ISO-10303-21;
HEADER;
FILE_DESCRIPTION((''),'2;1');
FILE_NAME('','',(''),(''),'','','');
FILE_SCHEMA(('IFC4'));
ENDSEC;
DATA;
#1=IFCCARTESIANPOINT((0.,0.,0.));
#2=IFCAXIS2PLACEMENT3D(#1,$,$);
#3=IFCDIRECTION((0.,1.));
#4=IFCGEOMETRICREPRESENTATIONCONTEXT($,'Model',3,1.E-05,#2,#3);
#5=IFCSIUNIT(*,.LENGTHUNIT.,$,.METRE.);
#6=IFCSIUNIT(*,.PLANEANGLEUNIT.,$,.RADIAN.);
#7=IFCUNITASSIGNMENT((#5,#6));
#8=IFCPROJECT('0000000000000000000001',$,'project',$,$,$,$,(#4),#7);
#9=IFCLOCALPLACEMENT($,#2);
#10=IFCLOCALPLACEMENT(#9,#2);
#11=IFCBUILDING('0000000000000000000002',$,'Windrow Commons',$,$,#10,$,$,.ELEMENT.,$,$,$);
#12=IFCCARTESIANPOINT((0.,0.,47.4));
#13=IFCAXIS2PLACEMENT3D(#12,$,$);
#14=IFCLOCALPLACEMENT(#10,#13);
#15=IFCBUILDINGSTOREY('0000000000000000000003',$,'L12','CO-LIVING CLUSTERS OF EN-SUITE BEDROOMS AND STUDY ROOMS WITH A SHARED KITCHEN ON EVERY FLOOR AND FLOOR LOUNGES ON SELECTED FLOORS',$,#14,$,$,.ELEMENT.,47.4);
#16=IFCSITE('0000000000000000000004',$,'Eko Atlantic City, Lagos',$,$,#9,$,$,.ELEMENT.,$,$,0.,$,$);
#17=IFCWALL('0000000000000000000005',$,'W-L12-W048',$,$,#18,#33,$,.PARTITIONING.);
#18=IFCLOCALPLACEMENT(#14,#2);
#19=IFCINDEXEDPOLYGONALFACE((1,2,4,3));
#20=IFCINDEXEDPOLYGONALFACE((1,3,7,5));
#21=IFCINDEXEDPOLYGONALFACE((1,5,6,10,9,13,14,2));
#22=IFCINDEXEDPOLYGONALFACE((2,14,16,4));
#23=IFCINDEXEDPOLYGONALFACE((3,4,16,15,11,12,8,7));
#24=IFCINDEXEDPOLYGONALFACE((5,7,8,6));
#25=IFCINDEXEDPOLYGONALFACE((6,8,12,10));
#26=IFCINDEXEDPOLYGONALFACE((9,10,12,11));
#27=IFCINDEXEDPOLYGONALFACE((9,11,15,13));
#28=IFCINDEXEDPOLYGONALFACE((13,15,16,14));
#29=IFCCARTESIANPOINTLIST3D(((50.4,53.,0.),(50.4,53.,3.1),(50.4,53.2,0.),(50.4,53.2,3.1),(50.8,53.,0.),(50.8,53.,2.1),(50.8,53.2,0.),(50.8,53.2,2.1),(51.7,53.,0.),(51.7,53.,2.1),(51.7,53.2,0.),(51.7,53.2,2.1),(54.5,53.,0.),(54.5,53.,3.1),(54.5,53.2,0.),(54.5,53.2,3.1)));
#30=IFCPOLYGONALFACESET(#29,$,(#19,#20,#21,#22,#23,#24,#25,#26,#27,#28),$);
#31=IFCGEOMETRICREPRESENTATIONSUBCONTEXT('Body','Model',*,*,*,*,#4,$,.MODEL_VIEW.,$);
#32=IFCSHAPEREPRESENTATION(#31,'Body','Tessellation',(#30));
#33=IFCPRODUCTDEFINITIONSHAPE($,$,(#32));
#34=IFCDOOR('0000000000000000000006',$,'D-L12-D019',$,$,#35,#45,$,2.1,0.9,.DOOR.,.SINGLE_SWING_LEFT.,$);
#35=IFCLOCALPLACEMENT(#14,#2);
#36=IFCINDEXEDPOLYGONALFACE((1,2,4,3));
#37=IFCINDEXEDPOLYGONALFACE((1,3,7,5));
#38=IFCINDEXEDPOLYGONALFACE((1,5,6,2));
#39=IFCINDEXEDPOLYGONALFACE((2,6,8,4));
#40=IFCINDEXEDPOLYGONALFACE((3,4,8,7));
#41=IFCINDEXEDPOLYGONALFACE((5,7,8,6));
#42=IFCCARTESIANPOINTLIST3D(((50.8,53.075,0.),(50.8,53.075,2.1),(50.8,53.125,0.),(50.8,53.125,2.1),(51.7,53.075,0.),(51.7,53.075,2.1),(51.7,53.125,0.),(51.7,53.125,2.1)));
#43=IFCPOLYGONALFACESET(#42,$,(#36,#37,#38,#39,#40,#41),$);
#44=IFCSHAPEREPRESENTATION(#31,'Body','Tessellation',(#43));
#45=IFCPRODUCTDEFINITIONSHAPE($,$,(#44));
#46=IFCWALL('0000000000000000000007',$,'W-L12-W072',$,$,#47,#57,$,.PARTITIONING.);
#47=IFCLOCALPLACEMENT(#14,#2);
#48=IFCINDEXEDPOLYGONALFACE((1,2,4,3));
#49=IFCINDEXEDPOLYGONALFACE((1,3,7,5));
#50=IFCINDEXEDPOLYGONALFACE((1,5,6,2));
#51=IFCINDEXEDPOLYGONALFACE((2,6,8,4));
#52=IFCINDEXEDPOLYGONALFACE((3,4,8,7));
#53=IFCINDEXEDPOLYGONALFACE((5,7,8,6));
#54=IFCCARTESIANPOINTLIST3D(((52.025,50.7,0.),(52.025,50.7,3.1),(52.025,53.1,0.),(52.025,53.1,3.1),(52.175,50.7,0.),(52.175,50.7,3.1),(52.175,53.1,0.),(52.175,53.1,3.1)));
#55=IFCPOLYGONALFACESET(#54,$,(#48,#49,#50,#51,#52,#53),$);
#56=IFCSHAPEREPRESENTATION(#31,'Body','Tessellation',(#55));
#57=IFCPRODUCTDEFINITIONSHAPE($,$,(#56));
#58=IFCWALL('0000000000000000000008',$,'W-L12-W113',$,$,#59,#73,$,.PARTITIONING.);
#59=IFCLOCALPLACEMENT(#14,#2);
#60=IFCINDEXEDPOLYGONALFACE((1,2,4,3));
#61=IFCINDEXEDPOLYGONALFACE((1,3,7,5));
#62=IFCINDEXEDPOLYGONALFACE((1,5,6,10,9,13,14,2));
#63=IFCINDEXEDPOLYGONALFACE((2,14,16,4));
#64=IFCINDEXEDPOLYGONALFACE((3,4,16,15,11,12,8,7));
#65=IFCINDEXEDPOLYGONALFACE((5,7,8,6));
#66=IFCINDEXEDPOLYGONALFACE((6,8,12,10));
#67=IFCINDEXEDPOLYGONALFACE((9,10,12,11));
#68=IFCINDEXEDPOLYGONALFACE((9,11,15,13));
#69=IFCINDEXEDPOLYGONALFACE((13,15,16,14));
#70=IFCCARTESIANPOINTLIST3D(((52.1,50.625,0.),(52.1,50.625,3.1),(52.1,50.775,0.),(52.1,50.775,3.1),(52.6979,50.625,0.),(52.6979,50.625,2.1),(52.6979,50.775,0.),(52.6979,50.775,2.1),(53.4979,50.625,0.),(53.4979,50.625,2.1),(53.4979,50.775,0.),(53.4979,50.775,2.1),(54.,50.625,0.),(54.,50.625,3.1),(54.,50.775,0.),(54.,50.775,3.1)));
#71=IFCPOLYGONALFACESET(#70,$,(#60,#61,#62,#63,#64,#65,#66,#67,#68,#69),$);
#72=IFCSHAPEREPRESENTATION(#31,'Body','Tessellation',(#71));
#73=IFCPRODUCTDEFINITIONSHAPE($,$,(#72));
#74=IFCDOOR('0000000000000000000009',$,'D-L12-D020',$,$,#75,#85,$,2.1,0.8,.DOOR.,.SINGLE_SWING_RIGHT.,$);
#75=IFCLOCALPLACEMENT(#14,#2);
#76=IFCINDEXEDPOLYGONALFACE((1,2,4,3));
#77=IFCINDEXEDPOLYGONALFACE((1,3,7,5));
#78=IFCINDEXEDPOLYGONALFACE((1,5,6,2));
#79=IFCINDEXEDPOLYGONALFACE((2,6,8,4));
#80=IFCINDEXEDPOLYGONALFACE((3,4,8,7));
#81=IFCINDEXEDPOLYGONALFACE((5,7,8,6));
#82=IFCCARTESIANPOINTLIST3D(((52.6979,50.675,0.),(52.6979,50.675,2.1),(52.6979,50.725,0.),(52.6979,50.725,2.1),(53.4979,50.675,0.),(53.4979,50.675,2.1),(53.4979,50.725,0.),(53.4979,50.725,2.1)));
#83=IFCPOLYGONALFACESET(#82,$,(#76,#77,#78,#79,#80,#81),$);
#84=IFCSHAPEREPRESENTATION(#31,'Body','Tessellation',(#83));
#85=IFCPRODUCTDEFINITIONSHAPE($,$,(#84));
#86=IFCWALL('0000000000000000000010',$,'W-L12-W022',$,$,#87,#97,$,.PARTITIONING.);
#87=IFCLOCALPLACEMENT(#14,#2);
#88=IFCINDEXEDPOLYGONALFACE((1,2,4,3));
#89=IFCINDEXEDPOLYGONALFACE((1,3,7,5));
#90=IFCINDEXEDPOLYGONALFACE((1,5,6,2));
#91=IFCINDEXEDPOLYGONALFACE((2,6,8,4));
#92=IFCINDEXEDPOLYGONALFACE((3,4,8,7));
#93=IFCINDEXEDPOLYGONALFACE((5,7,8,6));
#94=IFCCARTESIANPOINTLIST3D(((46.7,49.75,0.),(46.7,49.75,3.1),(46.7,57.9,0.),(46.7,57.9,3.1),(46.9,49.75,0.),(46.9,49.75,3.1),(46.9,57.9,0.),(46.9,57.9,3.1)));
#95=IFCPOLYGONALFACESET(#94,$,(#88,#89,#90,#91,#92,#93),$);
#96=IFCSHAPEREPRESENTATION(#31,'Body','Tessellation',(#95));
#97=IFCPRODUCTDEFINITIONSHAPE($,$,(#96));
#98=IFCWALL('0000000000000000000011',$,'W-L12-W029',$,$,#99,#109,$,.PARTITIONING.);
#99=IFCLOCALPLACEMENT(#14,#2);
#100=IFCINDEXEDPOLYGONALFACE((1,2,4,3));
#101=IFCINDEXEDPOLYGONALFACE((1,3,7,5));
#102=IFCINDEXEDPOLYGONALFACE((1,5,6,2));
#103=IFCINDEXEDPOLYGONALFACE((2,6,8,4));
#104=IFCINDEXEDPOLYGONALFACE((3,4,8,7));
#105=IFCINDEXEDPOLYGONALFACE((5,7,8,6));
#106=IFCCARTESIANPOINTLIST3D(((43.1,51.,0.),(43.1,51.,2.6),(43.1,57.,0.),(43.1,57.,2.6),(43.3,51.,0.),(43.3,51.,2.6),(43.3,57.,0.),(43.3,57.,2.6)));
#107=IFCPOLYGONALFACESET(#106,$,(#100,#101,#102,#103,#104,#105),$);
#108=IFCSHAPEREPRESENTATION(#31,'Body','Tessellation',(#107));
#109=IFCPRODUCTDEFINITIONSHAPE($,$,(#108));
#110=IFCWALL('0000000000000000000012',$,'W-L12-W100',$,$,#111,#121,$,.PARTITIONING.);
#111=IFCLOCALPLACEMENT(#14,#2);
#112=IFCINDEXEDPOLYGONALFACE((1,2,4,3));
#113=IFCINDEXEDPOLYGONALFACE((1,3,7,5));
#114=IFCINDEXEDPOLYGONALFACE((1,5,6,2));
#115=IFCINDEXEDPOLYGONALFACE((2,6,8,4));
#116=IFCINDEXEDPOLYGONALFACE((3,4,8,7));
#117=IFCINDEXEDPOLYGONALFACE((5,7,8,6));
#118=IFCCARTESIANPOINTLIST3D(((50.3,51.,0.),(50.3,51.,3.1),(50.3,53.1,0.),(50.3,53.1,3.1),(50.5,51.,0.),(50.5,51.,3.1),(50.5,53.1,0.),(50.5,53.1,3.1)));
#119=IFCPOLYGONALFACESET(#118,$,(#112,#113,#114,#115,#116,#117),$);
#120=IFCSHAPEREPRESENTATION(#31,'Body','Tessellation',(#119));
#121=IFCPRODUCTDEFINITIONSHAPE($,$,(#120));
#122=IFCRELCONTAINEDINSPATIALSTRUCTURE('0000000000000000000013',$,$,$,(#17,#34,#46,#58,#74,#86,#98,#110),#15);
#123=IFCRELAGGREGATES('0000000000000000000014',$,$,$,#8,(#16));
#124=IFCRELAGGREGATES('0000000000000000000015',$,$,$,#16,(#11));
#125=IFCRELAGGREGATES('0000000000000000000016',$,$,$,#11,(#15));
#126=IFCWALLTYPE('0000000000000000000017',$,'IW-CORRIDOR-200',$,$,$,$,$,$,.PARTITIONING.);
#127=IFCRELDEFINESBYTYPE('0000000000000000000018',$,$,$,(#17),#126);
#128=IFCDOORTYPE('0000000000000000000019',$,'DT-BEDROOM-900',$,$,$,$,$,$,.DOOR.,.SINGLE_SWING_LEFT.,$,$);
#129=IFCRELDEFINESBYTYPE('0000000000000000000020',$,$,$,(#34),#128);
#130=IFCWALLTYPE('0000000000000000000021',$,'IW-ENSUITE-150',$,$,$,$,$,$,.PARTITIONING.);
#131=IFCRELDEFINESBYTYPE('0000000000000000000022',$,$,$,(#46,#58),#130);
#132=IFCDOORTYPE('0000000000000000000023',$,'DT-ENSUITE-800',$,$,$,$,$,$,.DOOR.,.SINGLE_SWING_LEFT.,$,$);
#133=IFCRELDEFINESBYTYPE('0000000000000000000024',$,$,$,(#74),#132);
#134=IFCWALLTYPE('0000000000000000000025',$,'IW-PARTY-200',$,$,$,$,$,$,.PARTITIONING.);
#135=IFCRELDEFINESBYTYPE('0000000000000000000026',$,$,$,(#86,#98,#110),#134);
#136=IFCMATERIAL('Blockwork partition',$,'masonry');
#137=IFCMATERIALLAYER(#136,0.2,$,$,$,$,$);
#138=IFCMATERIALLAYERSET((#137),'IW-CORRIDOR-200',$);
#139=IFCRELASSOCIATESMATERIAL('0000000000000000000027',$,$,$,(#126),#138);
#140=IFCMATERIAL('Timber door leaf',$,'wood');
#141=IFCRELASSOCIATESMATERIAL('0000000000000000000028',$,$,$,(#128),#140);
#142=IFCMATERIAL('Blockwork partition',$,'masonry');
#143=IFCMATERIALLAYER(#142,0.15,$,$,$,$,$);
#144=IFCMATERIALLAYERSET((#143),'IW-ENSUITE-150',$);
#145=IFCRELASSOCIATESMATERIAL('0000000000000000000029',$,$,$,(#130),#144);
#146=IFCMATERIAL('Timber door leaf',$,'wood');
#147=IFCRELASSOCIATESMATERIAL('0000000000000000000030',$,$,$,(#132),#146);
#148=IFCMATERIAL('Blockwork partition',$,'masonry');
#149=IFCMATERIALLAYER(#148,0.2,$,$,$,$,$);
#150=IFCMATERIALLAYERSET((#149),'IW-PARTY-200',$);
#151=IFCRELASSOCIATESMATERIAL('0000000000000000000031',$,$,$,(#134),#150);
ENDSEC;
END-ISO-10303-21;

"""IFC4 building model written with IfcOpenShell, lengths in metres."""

from ifc_helpers import new_model, si_unit, direction, frame, frame_2d, origin, place, context, subcontext, project, spatial, rectangle, extrude, material, layer, layer_set, type_object, element, fill, save


model = new_model("IFC4")

# Units and contexts
model_context = context("Model", 3, precision=1e-05, world=origin(), true_north=direction((0.0, 1.0)))
body_context = subcontext(model_context, "Body", "Model", "MODEL_VIEW")
ifc_project = project(units=[si_unit("LENGTHUNIT", "METRE"), si_unit("PLANEANGLEUNIT", "RADIAN")], contexts=[model_context])

# Site, building, storey
site_placement = place(None, origin())
site = spatial("IfcSite", under=ifc_project, at=site_placement, Name="Eko Atlantic City, Lagos", CompositionType="ELEMENT", RefElevation=0.0)
building_placement = place(site_placement, origin())
building = spatial("IfcBuilding", under=site, at=building_placement, Name="Windrow Commons", CompositionType="ELEMENT")
storey_placement = place(building_placement, frame((0.0, 0.0, 47.4)))
storey = spatial("IfcBuildingStorey", under=building, at=storey_placement, Name="L12", Description="CO-LIVING CLUSTERS OF EN-SUITE BEDROOMS AND STUDY ROOMS WITH A SHARED KITCHEN ON EVERY FLOOR AND FLOOR LOUNGES ON SELECTED FLOORS", CompositionType="ELEMENT", Elevation=47.4)

# Wall, opening, door
ifc_material_1 = material(Name="Blockwork partition", Category="masonry")
ifc_layer_1 = layer(ifc_material_1, 0.2)
ifc_layer_set_1 = layer_set([ifc_layer_1], Name="IW-CORRIDOR-200")
wall_type_1 = type_object("IfcWallType", Name="IW-CORRIDOR-200", PredefinedType="PARTITIONING", material=ifc_layer_set_1)
wall_1_placement = place(storey_placement, frame((50.4, 53.1, 0.0), z_axis=(0.0, 0.0, 1.0), x_axis=(1.0, 0.0, 0.0)))
wall_1 = element("IfcWall", 1, at=wall_1_placement, inside=storey, type_object=wall_type_1, Name="W-L12-W048", PredefinedType="PARTITIONING", context=body_context, shape_type="SweptSolid", body=[
    extrude(rectangle(XDim=4.1, YDim=0.2, at=frame_2d((2.05, 0.0))), origin(), (0.0, 0.0, 1.0), 3.1),
])
opening_1_placement = place(wall_1_placement, frame((0.4, 0.0, 0.0)))
opening_1 = element("IfcOpeningElement", 2, at=opening_1_placement, cuts=wall_1, PredefinedType="OPENING", context=body_context, shape_type="SweptSolid", body=[
    extrude(rectangle(XDim=0.9, YDim=2.1, at=frame_2d((0.45, 1.05))), frame((0.0, 0.11, 0.0), z_axis=(0.0, -1.0, 0.0), x_axis=(1.0, 0.0, 0.0)), (0.0, 0.0, 1.0), 0.22),
])
ifc_material_2 = material(Name="Timber door leaf", Category="wood")
door_type_1 = type_object("IfcDoorType", Name="DT-BEDROOM-900", OperationType="SINGLE_SWING_LEFT", PredefinedType="DOOR", material=ifc_material_2)
door_1_placement = place(opening_1_placement, origin())
door_1 = element("IfcDoor", 3, at=door_1_placement, inside=storey, type_object=door_type_1, Name="D-L12-D019", OperationType="SINGLE_SWING_LEFT", OverallHeight=2.1, OverallWidth=0.9, PredefinedType="DOOR", context=body_context, shape_type="SweptSolid", body=[
    extrude(rectangle(XDim=0.9, YDim=2.1, at=frame_2d((0.45, 1.05))), frame((0.0, 0.025, 0.0), z_axis=(0.0, -1.0, 0.0), x_axis=(1.0, 0.0, 0.0)), (0.0, 0.0, 1.0), 0.05),
])
fill(opening_1, door_1)

# Wall
ifc_material_3 = material(Name="Blockwork partition", Category="masonry")
ifc_layer_2 = layer(ifc_material_3, 0.15)
ifc_layer_set_2 = layer_set([ifc_layer_2], Name="IW-ENSUITE-150")
wall_type_2 = type_object("IfcWallType", Name="IW-ENSUITE-150", PredefinedType="PARTITIONING", material=ifc_layer_set_2)
wall_2_placement = place(storey_placement, frame((52.1, 50.7, 0.0), z_axis=(0.0, 0.0, 1.0), x_axis=(0.0, 1.0, 0.0)))
element("IfcWall", 4, at=wall_2_placement, inside=storey, type_object=wall_type_2, Name="W-L12-W072", PredefinedType="PARTITIONING", context=body_context, shape_type="SweptSolid", body=[
    extrude(rectangle(XDim=2.4, YDim=0.15, at=frame_2d((1.2, 0.0))), origin(), (0.0, 0.0, 1.0), 3.1),
])

# Wall, opening, door
wall_3_placement = place(storey_placement, frame((52.1, 50.7, 0.0), z_axis=(0.0, 0.0, 1.0), x_axis=(1.0, 0.0, 0.0)))
wall_3 = element("IfcWall", 5, at=wall_3_placement, inside=storey, type_object=wall_type_2, Name="W-L12-W113", PredefinedType="PARTITIONING", context=body_context, shape_type="SweptSolid", body=[
    extrude(rectangle(XDim=1.9, YDim=0.15, at=frame_2d((0.95, 0.0))), origin(), (0.0, 0.0, 1.0), 3.1),
])
opening_2_placement = place(wall_3_placement, frame((0.5979, 0.0, 0.0)))
opening_2 = element("IfcOpeningElement", 6, at=opening_2_placement, cuts=wall_3, PredefinedType="OPENING", context=body_context, shape_type="SweptSolid", body=[
    extrude(rectangle(XDim=0.8, YDim=2.1, at=frame_2d((0.4, 1.05))), frame((0.0, 0.085, 0.0), z_axis=(0.0, -1.0, 0.0), x_axis=(1.0, 0.0, 0.0)), (0.0, 0.0, 1.0), 0.17),
])
ifc_material_4 = material(Name="Timber door leaf", Category="wood")
door_type_2 = type_object("IfcDoorType", Name="DT-ENSUITE-800", OperationType="SINGLE_SWING_LEFT", PredefinedType="DOOR", material=ifc_material_4)
door_2_placement = place(opening_2_placement, origin())
door_2 = element("IfcDoor", 7, at=door_2_placement, inside=storey, type_object=door_type_2, Name="D-L12-D020", OperationType="SINGLE_SWING_RIGHT", OverallHeight=2.1, OverallWidth=0.8, PredefinedType="DOOR", context=body_context, shape_type="SweptSolid", body=[
    extrude(rectangle(XDim=0.8, YDim=2.1, at=frame_2d((0.4, 1.05))), frame((0.0, 0.025, 0.0), z_axis=(0.0, -1.0, 0.0), x_axis=(1.0, 0.0, 0.0)), (0.0, 0.0, 1.0), 0.05),
])
fill(opening_2, door_2)

# Walls
ifc_material_5 = material(Name="Blockwork partition", Category="masonry")
ifc_layer_3 = layer(ifc_material_5, 0.2)
ifc_layer_set_3 = layer_set([ifc_layer_3], Name="IW-PARTY-200")
wall_type_3 = type_object("IfcWallType", Name="IW-PARTY-200", PredefinedType="PARTITIONING", material=ifc_layer_set_3)
wall_4_placement = place(storey_placement, frame((46.8, 49.75, 0.0), z_axis=(0.0, 0.0, 1.0), x_axis=(0.0, 1.0, 0.0)))
element("IfcWall", 8, at=wall_4_placement, inside=storey, type_object=wall_type_3, Name="W-L12-W022", PredefinedType="PARTITIONING", context=body_context, shape_type="SweptSolid", body=[
    extrude(rectangle(XDim=8.15, YDim=0.2, at=frame_2d((4.075, 0.0))), origin(), (0.0, 0.0, 1.0), 3.1),
])
wall_5_placement = place(storey_placement, frame((43.2, 51.0, 0.0), z_axis=(0.0, 0.0, 1.0), x_axis=(0.0, 1.0, 0.0)))
element("IfcWall", 9, at=wall_5_placement, inside=storey, type_object=wall_type_3, Name="W-L12-W029", PredefinedType="PARTITIONING", context=body_context, shape_type="SweptSolid", body=[
    extrude(rectangle(XDim=6.0, YDim=0.2, at=frame_2d((3.0, 0.0))), origin(), (0.0, 0.0, 1.0), 2.6),
])
wall_6_placement = place(storey_placement, frame((50.4, 51.0, 0.0), z_axis=(0.0, 0.0, 1.0), x_axis=(0.0, 1.0, 0.0)))
element("IfcWall", 10, at=wall_6_placement, inside=storey, type_object=wall_type_3, Name="W-L12-W100", PredefinedType="PARTITIONING", context=body_context, shape_type="SweptSolid", body=[
    extrude(rectangle(XDim=2.1, YDim=0.2, at=frame_2d((1.05, 0.0))), origin(), (0.0, 0.0, 1.0), 3.1),
])

save(model, "model.ifc")
